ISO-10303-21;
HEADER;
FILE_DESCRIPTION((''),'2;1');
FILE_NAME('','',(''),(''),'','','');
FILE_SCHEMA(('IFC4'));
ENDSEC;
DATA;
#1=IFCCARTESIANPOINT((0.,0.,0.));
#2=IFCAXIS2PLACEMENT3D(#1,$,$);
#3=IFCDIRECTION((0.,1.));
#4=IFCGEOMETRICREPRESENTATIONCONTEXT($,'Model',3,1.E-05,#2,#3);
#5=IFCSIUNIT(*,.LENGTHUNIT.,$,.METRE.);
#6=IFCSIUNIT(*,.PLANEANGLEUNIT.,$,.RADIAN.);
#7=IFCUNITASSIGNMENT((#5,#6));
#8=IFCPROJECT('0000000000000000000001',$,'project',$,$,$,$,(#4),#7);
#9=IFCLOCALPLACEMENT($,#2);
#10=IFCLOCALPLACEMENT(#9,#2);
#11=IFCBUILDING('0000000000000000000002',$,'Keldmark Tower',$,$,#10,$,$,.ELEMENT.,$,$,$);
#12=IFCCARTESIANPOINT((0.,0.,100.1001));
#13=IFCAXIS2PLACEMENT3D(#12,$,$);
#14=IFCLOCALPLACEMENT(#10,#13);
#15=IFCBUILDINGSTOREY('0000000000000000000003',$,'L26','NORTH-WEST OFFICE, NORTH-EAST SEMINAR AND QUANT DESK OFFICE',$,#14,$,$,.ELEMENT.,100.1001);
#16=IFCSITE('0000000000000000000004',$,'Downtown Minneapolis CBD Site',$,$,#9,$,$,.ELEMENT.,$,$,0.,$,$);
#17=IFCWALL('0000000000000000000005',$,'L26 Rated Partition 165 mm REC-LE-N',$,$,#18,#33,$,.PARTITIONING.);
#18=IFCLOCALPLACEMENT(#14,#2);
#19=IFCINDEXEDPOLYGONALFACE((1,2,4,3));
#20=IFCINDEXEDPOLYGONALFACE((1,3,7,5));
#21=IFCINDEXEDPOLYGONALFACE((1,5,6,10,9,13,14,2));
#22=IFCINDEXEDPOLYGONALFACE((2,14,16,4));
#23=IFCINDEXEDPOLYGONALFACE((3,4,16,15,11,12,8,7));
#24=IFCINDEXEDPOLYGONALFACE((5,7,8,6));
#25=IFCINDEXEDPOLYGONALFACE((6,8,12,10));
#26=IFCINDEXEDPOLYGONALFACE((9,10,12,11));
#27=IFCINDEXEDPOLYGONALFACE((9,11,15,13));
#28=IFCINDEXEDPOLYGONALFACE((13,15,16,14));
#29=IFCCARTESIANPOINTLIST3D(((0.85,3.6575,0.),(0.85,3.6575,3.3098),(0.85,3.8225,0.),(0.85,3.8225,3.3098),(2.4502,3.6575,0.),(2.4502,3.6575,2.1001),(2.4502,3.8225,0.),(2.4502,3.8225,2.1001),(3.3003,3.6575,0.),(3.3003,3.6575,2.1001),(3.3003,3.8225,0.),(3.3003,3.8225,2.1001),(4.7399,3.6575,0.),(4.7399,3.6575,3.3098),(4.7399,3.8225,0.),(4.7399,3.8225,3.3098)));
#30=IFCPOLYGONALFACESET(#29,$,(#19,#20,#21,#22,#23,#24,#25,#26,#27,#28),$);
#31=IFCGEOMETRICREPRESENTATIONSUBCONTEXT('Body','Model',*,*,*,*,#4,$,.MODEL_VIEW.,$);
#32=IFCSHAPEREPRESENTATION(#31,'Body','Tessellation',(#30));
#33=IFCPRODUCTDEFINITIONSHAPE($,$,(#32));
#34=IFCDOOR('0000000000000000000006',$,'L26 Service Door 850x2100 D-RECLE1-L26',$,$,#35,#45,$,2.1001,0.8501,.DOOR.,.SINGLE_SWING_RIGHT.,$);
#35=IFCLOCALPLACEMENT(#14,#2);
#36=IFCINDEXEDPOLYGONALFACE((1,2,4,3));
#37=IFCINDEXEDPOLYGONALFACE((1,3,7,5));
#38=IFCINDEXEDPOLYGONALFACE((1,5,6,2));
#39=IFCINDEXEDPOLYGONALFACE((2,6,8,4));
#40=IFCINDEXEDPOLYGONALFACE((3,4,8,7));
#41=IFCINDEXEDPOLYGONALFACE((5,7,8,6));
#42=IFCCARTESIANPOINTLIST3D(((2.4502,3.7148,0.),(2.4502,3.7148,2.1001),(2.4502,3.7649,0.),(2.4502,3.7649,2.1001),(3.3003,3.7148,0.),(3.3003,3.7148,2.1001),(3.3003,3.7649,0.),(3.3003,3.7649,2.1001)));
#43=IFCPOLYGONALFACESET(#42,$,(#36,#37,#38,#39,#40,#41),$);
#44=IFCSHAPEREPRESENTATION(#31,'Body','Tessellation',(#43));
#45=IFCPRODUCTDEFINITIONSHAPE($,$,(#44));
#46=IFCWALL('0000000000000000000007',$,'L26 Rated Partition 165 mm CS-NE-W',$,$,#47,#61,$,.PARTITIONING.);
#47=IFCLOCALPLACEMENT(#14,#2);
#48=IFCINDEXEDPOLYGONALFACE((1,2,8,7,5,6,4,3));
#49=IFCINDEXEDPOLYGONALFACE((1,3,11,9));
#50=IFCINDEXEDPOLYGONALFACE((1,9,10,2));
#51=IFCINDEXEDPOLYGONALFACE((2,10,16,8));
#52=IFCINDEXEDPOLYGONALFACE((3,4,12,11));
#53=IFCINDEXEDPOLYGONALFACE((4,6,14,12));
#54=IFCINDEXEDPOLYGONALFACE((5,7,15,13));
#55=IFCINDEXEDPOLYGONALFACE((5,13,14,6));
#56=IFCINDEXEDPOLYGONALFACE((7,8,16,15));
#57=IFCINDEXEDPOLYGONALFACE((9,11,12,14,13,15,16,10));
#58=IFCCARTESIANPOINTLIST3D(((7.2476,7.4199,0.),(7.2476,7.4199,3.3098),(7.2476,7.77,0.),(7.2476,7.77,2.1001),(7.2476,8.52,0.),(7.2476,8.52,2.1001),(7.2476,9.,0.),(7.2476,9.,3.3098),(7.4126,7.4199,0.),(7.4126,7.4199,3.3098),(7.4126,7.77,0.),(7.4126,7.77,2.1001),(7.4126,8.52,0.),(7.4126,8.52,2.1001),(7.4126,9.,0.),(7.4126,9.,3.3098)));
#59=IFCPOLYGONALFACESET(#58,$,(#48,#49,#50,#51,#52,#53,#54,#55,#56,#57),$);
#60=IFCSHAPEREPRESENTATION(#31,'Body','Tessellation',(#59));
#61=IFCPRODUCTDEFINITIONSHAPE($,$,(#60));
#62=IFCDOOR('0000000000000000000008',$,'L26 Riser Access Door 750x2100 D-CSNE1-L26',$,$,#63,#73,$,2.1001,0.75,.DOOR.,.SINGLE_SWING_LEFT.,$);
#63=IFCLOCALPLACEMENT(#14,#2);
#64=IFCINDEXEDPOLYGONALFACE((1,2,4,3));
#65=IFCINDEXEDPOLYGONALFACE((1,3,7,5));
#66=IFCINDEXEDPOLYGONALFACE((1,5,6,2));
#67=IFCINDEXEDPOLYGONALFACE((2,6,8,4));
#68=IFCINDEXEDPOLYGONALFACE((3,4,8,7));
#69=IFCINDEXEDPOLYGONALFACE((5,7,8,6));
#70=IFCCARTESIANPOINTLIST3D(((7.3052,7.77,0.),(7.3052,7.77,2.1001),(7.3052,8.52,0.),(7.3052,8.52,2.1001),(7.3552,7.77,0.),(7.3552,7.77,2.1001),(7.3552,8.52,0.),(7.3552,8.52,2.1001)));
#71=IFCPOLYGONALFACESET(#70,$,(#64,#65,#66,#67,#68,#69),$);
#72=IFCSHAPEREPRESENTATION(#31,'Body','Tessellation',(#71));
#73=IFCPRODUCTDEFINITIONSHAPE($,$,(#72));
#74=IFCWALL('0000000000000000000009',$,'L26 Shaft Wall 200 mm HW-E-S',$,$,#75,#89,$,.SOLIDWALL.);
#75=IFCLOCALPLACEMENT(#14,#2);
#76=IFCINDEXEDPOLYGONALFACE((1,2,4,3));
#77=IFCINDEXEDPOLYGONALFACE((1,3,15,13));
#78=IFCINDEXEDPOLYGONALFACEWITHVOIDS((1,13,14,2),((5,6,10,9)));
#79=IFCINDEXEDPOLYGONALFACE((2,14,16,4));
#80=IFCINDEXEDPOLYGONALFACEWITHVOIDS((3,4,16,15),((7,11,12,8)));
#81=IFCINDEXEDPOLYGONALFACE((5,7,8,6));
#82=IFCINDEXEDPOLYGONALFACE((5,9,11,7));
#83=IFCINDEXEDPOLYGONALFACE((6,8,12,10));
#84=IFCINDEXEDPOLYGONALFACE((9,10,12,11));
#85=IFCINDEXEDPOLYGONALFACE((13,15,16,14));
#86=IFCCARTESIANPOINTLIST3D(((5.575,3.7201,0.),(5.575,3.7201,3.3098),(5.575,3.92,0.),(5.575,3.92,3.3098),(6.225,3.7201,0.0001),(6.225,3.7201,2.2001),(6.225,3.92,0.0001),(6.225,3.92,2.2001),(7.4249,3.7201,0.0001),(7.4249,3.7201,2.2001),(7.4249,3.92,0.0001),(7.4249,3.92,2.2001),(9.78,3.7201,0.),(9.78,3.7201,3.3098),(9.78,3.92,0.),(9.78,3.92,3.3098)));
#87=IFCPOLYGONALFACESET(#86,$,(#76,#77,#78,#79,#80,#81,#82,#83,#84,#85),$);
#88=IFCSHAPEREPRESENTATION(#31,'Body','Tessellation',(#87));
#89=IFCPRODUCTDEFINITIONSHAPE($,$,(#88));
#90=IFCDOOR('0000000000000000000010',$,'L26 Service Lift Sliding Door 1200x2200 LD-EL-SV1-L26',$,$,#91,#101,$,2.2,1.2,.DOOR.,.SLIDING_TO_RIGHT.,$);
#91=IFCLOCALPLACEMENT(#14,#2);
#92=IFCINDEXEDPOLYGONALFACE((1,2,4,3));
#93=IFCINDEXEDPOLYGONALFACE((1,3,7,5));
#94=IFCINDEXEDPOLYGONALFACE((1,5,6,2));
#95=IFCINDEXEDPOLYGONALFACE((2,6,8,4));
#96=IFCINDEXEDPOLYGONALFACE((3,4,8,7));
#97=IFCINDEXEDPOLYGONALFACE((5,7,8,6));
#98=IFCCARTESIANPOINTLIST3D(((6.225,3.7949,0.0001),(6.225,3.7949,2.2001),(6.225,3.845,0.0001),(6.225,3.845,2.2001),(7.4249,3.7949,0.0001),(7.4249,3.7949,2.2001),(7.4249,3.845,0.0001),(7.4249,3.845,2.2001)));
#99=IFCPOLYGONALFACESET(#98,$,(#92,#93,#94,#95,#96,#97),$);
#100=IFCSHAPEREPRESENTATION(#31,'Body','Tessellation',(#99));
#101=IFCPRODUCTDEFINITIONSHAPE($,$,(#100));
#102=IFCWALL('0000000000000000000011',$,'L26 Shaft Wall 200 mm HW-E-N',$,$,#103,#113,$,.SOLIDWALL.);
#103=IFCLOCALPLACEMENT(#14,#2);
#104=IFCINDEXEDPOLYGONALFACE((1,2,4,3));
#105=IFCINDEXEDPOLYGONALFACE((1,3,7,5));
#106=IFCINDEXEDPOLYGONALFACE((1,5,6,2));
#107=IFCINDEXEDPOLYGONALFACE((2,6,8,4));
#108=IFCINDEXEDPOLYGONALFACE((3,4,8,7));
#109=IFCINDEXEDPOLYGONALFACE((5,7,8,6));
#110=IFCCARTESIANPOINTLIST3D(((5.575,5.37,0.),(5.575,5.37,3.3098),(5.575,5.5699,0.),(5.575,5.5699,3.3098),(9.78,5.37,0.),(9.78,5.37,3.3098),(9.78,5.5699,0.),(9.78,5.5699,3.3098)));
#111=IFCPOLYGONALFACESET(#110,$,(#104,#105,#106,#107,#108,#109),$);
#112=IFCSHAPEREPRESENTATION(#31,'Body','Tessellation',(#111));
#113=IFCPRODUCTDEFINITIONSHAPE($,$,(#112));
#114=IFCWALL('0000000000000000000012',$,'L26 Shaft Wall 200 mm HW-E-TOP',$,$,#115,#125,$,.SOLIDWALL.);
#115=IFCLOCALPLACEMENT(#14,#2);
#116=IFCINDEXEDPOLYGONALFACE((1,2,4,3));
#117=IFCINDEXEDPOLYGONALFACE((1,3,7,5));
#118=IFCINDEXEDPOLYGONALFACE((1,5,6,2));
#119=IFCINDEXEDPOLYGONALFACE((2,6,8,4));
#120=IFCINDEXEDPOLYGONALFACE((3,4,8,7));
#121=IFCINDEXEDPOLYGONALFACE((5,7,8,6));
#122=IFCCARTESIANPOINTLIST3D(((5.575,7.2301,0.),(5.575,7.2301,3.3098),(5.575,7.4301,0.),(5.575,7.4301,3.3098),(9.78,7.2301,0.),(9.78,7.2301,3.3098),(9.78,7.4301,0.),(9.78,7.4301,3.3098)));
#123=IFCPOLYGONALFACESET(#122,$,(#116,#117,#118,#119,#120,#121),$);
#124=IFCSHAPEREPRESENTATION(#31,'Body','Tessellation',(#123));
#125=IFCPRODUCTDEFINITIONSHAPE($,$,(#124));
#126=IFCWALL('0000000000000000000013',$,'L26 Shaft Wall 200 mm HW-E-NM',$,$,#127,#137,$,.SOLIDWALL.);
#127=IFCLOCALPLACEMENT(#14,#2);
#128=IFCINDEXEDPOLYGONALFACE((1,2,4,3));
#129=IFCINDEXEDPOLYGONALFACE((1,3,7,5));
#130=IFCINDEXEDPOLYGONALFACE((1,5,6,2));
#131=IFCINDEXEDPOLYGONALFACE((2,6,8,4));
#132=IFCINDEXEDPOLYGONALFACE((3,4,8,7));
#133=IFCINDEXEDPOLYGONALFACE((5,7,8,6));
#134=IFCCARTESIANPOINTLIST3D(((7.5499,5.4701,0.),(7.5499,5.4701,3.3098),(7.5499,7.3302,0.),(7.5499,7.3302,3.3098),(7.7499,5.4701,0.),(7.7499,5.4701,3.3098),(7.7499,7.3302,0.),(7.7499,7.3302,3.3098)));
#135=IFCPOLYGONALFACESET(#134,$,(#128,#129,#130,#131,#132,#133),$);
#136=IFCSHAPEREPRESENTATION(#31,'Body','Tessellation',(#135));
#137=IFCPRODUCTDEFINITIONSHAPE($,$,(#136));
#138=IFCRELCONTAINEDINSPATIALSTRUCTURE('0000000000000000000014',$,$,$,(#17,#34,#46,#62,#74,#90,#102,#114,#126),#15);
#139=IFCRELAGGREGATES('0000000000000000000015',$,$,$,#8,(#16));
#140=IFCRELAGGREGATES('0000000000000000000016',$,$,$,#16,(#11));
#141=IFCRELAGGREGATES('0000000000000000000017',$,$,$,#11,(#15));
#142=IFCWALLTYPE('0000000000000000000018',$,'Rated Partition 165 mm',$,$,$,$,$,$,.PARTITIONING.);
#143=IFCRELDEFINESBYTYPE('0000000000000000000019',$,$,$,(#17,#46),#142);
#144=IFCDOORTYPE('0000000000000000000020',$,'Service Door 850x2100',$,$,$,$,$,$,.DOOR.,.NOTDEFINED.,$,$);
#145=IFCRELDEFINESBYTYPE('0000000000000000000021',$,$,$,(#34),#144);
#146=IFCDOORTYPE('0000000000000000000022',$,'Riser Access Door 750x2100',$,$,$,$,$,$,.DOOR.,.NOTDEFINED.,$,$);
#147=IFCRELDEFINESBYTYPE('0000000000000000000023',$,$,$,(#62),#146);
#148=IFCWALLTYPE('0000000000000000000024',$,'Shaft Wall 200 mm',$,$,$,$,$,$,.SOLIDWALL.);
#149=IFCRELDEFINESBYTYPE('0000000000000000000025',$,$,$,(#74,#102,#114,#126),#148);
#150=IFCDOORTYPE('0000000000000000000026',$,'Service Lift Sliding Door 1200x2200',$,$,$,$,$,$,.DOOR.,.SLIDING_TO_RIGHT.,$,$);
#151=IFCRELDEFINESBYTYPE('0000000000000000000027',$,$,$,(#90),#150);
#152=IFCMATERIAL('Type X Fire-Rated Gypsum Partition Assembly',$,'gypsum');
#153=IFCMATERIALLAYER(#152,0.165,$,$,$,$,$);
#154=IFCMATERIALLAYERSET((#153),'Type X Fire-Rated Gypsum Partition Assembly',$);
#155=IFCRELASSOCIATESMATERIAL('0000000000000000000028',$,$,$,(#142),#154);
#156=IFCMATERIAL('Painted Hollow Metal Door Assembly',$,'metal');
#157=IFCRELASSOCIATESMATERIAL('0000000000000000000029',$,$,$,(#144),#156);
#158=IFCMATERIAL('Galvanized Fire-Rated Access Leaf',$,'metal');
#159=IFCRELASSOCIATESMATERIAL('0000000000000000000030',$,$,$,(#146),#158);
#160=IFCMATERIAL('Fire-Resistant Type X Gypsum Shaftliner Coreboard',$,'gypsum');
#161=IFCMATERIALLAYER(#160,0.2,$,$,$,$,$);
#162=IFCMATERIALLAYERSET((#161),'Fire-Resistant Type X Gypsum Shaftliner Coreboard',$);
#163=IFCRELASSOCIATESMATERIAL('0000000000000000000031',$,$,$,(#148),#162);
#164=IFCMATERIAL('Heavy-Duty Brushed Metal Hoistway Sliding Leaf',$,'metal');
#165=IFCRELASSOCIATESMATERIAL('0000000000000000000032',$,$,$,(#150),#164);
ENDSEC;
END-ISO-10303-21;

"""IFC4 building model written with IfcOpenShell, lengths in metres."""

from ifc_helpers import new_model, si_unit, direction, frame, frame_2d, origin, place, context, subcontext, project, spatial, rectangle, extrude, material, layer, layer_set, type_object, element, fill, save


model = new_model("IFC4")

# Units and contexts
model_context = context("Model", 3, precision=1e-05, world=origin(), true_north=direction((0.0, 1.0)))
body_context = subcontext(model_context, "Body", "Model", "MODEL_VIEW")
ifc_project = project(units=[si_unit("LENGTHUNIT", "METRE"), si_unit("PLANEANGLEUNIT", "RADIAN")], contexts=[model_context])

# Site, building, storey
site_placement = place(None, origin())
site = spatial("IfcSite", under=ifc_project, at=site_placement, Name="Downtown Minneapolis CBD Site", CompositionType="ELEMENT", RefElevation=0.0)
building_placement = place(site_placement, origin())
building = spatial("IfcBuilding", under=site, at=building_placement, Name="Keldmark Tower", CompositionType="ELEMENT")
storey_placement = place(building_placement, frame((0.0, 0.0, 100.1001)))
storey = spatial("IfcBuildingStorey", under=building, at=storey_placement, Name="L26", Description="NORTH-WEST OFFICE, NORTH-EAST SEMINAR AND QUANT DESK OFFICE", CompositionType="ELEMENT", Elevation=100.1001)

# Walls, openings, doors
ifc_material_1 = material(Name="Type X Fire-Rated Gypsum Partition Assembly", Category="gypsum")
ifc_layer_1 = layer(ifc_material_1, 0.165)
ifc_layer_set_1 = layer_set([ifc_layer_1], Name="Type X Fire-Rated Gypsum Partition Assembly")
wall_type_1 = type_object("IfcWallType", Name="Rated Partition 165 mm", PredefinedType="PARTITIONING", material=ifc_layer_set_1)
wall_1_placement = place(storey_placement, frame((0.8501, 3.74, 0.0), z_axis=(0.0, 0.0, 1.0), x_axis=(1.0, 0.0, 0.0)))
wall_1 = element("IfcWall", 1, at=wall_1_placement, inside=storey, type_object=wall_type_1, Name="L26 Rated Partition 165 mm REC-LE-N", PredefinedType="PARTITIONING", context=body_context, shape_type="SweptSolid", body=[
    extrude(rectangle(XDim=3.8899, YDim=0.165, at=frame_2d((1.9448, 0.0))), origin(), (0.0, 0.0, 1.0), 3.3098),
])
opening_1_placement = place(wall_1_placement, frame((1.6001, 0.0, 0.0)))
opening_1 = element("IfcOpeningElement", 2, at=opening_1_placement, cuts=wall_1, PredefinedType="OPENING", context=body_context, shape_type="SweptSolid", body=[
    extrude(rectangle(XDim=0.8501, YDim=2.1001, at=frame_2d((0.425, 1.05))), frame((0.0, 0.0925, 0.0), z_axis=(0.0, -1.0, 0.0), x_axis=(1.0, 0.0, 0.0)), (0.0, 0.0, 1.0), 0.1851),
])
ifc_material_2 = material(Name="Painted Hollow Metal Door Assembly", Category="metal")
door_type_1 = type_object("IfcDoorType", Name="Service Door 850x2100", OperationType="NOTDEFINED", PredefinedType="DOOR", material=ifc_material_2)
door_1_placement = place(opening_1_placement, origin())
door_1 = element("IfcDoor", 3, at=door_1_placement, inside=storey, type_object=door_type_1, Name="L26 Service Door 850x2100 D-RECLE1-L26", OperationType="SINGLE_SWING_RIGHT", OverallHeight=2.1001, OverallWidth=0.8501, PredefinedType="DOOR", context=body_context, shape_type="SweptSolid", body=[
    extrude(rectangle(XDim=0.8501, YDim=2.1001, at=frame_2d((0.425, 1.05))), frame((0.0, 0.0249, 0.0), z_axis=(0.0, -1.0, 0.0), x_axis=(1.0, 0.0, 0.0)), (0.0, 0.0, 1.0), 0.05),
])
fill(opening_1, door_1)
wall_2_placement = place(storey_placement, frame((7.3301, 7.4199, 0.0), z_axis=(0.0, 0.0, 1.0), x_axis=(0.0, 1.0, 0.0)))
wall_2 = element("IfcWall", 4, at=wall_2_placement, inside=storey, type_object=wall_type_1, Name="L26 Rated Partition 165 mm CS-NE-W", PredefinedType="PARTITIONING", context=body_context, shape_type="SweptSolid", body=[
    extrude(rectangle(XDim=1.5801, YDim=0.165, at=frame_2d((0.79, 0.0))), origin(), (0.0, 0.0, 1.0), 3.3098),
])
opening_2_placement = place(wall_2_placement, frame((0.3501, 0.0, 0.0)))
opening_2 = element("IfcOpeningElement", 5, at=opening_2_placement, cuts=wall_2, PredefinedType="OPENING", context=body_context, shape_type="SweptSolid", body=[
    extrude(rectangle(XDim=0.75, YDim=2.1001, at=frame_2d((0.375, 1.05))), frame((0.0, 0.0925, 0.0), z_axis=(0.0, -1.0, 0.0), x_axis=(1.0, 0.0, 0.0)), (0.0, 0.0, 1.0), 0.1851),
])
ifc_material_3 = material(Name="Galvanized Fire-Rated Access Leaf", Category="metal")
door_type_2 = type_object("IfcDoorType", Name="Riser Access Door 750x2100", OperationType="NOTDEFINED", PredefinedType="DOOR", material=ifc_material_3)
door_2_placement = place(opening_2_placement, origin())
door_2 = element("IfcDoor", 6, at=door_2_placement, inside=storey, type_object=door_type_2, Name="L26 Riser Access Door 750x2100 D-CSNE1-L26", OperationType="SINGLE_SWING_LEFT", OverallHeight=2.1001, OverallWidth=0.75, PredefinedType="DOOR", context=body_context, shape_type="SweptSolid", body=[
    extrude(rectangle(XDim=0.75, YDim=2.1001, at=frame_2d((0.375, 1.05))), frame((0.0, 0.0249, 0.0), z_axis=(0.0, -1.0, 0.0), x_axis=(1.0, 0.0, 0.0)), (0.0, 0.0, 1.0), 0.05),
])
fill(opening_2, door_2)
ifc_material_4 = material(Name="Fire-Resistant Type X Gypsum Shaftliner Coreboard", Category="gypsum")
ifc_layer_2 = layer(ifc_material_4, 0.2)
ifc_layer_set_2 = layer_set([ifc_layer_2], Name="Fire-Resistant Type X Gypsum Shaftliner Coreboard")
wall_type_2 = type_object("IfcWallType", Name="Shaft Wall 200 mm", PredefinedType="SOLIDWALL", material=ifc_layer_set_2)
wall_3_placement = place(storey_placement, frame((5.575, 3.8201, 0.0), z_axis=(0.0, 0.0, 1.0), x_axis=(1.0, 0.0, 0.0)))
wall_3 = element("IfcWall", 7, at=wall_3_placement, inside=storey, type_object=wall_type_2, Name="L26 Shaft Wall 200 mm HW-E-S", PredefinedType="SOLIDWALL", context=body_context, shape_type="SweptSolid", body=[
    extrude(rectangle(XDim=4.2051, YDim=0.2, at=frame_2d((2.1025, 0.0))), origin(), (0.0, 0.0, 1.0), 3.3098),
])
opening_3_placement = place(wall_3_placement, frame((0.6499, 0.0, 0.0)))
opening_3 = element("IfcOpeningElement", 8, at=opening_3_placement, cuts=wall_3, PredefinedType="OPENING", context=body_context, shape_type="SweptSolid", body=[
    extrude(rectangle(XDim=1.2, YDim=2.2, at=frame_2d((0.6001, 1.1001))), frame((0.0, 0.1099, 0.0), z_axis=(0.0, -1.0, 0.0), x_axis=(1.0, 0.0, 0.0)), (0.0, 0.0, 1.0), 0.22),
])
ifc_material_5 = material(Name="Heavy-Duty Brushed Metal Hoistway Sliding Leaf", Category="metal")
door_type_3 = type_object("IfcDoorType", Name="Service Lift Sliding Door 1200x2200", OperationType="SLIDING_TO_RIGHT", PredefinedType="DOOR", material=ifc_material_5)
door_3_placement = place(opening_3_placement, origin())
door_3 = element("IfcDoor", 9, at=door_3_placement, inside=storey, type_object=door_type_3, Name="L26 Service Lift Sliding Door 1200x2200 LD-EL-SV1-L26", OperationType="SLIDING_TO_RIGHT", OverallHeight=2.2, OverallWidth=1.2, PredefinedType="DOOR", context=body_context, shape_type="SweptSolid", body=[
    extrude(rectangle(XDim=1.2, YDim=2.2, at=frame_2d((0.6001, 1.1001))), frame((0.0, 0.0249, 0.0), z_axis=(0.0, -1.0, 0.0), x_axis=(1.0, 0.0, 0.0)), (0.0, 0.0, 1.0), 0.05),
])
fill(opening_3, door_3)

# Walls
for number, where, z_axis, x_axis, name in (
    (10, (5.575, 5.47, 0.0), (0.0, 0.0, 1.0), (1.0, 0.0, 0.0), "L26 Shaft Wall 200 mm HW-E-N"),
    (11, (5.575, 7.3301, 0.0), (0.0, 0.0, 1.0), (1.0, 0.0, 0.0), "L26 Shaft Wall 200 mm HW-E-TOP"),
):
    element("IfcWall", number, at=place(storey_placement, frame(where, z_axis=z_axis, x_axis=x_axis)), inside=storey, type_object=wall_type_2, Name=name, PredefinedType="SOLIDWALL", context=body_context, shape_type="SweptSolid", body=[
        extrude(rectangle(XDim=4.2051, YDim=0.2, at=frame_2d((2.1025, 0.0))), origin(), (0.0, 0.0, 1.0), 3.3098),
    ])
wall_4_placement = place(storey_placement, frame((7.6499, 5.47, 0.0), z_axis=(0.0, 0.0, 1.0), x_axis=(0.0, 1.0, 0.0)))
element("IfcWall", 12, at=wall_4_placement, inside=storey, type_object=wall_type_2, Name="L26 Shaft Wall 200 mm HW-E-NM", PredefinedType="SOLIDWALL", context=body_context, shape_type="SweptSolid", body=[
    extrude(rectangle(XDim=1.8601, YDim=0.2, at=frame_2d((0.9302, 0.0))), origin(), (0.0, 0.0, 1.0), 3.3098),
])

save(model, "model.ifc")
